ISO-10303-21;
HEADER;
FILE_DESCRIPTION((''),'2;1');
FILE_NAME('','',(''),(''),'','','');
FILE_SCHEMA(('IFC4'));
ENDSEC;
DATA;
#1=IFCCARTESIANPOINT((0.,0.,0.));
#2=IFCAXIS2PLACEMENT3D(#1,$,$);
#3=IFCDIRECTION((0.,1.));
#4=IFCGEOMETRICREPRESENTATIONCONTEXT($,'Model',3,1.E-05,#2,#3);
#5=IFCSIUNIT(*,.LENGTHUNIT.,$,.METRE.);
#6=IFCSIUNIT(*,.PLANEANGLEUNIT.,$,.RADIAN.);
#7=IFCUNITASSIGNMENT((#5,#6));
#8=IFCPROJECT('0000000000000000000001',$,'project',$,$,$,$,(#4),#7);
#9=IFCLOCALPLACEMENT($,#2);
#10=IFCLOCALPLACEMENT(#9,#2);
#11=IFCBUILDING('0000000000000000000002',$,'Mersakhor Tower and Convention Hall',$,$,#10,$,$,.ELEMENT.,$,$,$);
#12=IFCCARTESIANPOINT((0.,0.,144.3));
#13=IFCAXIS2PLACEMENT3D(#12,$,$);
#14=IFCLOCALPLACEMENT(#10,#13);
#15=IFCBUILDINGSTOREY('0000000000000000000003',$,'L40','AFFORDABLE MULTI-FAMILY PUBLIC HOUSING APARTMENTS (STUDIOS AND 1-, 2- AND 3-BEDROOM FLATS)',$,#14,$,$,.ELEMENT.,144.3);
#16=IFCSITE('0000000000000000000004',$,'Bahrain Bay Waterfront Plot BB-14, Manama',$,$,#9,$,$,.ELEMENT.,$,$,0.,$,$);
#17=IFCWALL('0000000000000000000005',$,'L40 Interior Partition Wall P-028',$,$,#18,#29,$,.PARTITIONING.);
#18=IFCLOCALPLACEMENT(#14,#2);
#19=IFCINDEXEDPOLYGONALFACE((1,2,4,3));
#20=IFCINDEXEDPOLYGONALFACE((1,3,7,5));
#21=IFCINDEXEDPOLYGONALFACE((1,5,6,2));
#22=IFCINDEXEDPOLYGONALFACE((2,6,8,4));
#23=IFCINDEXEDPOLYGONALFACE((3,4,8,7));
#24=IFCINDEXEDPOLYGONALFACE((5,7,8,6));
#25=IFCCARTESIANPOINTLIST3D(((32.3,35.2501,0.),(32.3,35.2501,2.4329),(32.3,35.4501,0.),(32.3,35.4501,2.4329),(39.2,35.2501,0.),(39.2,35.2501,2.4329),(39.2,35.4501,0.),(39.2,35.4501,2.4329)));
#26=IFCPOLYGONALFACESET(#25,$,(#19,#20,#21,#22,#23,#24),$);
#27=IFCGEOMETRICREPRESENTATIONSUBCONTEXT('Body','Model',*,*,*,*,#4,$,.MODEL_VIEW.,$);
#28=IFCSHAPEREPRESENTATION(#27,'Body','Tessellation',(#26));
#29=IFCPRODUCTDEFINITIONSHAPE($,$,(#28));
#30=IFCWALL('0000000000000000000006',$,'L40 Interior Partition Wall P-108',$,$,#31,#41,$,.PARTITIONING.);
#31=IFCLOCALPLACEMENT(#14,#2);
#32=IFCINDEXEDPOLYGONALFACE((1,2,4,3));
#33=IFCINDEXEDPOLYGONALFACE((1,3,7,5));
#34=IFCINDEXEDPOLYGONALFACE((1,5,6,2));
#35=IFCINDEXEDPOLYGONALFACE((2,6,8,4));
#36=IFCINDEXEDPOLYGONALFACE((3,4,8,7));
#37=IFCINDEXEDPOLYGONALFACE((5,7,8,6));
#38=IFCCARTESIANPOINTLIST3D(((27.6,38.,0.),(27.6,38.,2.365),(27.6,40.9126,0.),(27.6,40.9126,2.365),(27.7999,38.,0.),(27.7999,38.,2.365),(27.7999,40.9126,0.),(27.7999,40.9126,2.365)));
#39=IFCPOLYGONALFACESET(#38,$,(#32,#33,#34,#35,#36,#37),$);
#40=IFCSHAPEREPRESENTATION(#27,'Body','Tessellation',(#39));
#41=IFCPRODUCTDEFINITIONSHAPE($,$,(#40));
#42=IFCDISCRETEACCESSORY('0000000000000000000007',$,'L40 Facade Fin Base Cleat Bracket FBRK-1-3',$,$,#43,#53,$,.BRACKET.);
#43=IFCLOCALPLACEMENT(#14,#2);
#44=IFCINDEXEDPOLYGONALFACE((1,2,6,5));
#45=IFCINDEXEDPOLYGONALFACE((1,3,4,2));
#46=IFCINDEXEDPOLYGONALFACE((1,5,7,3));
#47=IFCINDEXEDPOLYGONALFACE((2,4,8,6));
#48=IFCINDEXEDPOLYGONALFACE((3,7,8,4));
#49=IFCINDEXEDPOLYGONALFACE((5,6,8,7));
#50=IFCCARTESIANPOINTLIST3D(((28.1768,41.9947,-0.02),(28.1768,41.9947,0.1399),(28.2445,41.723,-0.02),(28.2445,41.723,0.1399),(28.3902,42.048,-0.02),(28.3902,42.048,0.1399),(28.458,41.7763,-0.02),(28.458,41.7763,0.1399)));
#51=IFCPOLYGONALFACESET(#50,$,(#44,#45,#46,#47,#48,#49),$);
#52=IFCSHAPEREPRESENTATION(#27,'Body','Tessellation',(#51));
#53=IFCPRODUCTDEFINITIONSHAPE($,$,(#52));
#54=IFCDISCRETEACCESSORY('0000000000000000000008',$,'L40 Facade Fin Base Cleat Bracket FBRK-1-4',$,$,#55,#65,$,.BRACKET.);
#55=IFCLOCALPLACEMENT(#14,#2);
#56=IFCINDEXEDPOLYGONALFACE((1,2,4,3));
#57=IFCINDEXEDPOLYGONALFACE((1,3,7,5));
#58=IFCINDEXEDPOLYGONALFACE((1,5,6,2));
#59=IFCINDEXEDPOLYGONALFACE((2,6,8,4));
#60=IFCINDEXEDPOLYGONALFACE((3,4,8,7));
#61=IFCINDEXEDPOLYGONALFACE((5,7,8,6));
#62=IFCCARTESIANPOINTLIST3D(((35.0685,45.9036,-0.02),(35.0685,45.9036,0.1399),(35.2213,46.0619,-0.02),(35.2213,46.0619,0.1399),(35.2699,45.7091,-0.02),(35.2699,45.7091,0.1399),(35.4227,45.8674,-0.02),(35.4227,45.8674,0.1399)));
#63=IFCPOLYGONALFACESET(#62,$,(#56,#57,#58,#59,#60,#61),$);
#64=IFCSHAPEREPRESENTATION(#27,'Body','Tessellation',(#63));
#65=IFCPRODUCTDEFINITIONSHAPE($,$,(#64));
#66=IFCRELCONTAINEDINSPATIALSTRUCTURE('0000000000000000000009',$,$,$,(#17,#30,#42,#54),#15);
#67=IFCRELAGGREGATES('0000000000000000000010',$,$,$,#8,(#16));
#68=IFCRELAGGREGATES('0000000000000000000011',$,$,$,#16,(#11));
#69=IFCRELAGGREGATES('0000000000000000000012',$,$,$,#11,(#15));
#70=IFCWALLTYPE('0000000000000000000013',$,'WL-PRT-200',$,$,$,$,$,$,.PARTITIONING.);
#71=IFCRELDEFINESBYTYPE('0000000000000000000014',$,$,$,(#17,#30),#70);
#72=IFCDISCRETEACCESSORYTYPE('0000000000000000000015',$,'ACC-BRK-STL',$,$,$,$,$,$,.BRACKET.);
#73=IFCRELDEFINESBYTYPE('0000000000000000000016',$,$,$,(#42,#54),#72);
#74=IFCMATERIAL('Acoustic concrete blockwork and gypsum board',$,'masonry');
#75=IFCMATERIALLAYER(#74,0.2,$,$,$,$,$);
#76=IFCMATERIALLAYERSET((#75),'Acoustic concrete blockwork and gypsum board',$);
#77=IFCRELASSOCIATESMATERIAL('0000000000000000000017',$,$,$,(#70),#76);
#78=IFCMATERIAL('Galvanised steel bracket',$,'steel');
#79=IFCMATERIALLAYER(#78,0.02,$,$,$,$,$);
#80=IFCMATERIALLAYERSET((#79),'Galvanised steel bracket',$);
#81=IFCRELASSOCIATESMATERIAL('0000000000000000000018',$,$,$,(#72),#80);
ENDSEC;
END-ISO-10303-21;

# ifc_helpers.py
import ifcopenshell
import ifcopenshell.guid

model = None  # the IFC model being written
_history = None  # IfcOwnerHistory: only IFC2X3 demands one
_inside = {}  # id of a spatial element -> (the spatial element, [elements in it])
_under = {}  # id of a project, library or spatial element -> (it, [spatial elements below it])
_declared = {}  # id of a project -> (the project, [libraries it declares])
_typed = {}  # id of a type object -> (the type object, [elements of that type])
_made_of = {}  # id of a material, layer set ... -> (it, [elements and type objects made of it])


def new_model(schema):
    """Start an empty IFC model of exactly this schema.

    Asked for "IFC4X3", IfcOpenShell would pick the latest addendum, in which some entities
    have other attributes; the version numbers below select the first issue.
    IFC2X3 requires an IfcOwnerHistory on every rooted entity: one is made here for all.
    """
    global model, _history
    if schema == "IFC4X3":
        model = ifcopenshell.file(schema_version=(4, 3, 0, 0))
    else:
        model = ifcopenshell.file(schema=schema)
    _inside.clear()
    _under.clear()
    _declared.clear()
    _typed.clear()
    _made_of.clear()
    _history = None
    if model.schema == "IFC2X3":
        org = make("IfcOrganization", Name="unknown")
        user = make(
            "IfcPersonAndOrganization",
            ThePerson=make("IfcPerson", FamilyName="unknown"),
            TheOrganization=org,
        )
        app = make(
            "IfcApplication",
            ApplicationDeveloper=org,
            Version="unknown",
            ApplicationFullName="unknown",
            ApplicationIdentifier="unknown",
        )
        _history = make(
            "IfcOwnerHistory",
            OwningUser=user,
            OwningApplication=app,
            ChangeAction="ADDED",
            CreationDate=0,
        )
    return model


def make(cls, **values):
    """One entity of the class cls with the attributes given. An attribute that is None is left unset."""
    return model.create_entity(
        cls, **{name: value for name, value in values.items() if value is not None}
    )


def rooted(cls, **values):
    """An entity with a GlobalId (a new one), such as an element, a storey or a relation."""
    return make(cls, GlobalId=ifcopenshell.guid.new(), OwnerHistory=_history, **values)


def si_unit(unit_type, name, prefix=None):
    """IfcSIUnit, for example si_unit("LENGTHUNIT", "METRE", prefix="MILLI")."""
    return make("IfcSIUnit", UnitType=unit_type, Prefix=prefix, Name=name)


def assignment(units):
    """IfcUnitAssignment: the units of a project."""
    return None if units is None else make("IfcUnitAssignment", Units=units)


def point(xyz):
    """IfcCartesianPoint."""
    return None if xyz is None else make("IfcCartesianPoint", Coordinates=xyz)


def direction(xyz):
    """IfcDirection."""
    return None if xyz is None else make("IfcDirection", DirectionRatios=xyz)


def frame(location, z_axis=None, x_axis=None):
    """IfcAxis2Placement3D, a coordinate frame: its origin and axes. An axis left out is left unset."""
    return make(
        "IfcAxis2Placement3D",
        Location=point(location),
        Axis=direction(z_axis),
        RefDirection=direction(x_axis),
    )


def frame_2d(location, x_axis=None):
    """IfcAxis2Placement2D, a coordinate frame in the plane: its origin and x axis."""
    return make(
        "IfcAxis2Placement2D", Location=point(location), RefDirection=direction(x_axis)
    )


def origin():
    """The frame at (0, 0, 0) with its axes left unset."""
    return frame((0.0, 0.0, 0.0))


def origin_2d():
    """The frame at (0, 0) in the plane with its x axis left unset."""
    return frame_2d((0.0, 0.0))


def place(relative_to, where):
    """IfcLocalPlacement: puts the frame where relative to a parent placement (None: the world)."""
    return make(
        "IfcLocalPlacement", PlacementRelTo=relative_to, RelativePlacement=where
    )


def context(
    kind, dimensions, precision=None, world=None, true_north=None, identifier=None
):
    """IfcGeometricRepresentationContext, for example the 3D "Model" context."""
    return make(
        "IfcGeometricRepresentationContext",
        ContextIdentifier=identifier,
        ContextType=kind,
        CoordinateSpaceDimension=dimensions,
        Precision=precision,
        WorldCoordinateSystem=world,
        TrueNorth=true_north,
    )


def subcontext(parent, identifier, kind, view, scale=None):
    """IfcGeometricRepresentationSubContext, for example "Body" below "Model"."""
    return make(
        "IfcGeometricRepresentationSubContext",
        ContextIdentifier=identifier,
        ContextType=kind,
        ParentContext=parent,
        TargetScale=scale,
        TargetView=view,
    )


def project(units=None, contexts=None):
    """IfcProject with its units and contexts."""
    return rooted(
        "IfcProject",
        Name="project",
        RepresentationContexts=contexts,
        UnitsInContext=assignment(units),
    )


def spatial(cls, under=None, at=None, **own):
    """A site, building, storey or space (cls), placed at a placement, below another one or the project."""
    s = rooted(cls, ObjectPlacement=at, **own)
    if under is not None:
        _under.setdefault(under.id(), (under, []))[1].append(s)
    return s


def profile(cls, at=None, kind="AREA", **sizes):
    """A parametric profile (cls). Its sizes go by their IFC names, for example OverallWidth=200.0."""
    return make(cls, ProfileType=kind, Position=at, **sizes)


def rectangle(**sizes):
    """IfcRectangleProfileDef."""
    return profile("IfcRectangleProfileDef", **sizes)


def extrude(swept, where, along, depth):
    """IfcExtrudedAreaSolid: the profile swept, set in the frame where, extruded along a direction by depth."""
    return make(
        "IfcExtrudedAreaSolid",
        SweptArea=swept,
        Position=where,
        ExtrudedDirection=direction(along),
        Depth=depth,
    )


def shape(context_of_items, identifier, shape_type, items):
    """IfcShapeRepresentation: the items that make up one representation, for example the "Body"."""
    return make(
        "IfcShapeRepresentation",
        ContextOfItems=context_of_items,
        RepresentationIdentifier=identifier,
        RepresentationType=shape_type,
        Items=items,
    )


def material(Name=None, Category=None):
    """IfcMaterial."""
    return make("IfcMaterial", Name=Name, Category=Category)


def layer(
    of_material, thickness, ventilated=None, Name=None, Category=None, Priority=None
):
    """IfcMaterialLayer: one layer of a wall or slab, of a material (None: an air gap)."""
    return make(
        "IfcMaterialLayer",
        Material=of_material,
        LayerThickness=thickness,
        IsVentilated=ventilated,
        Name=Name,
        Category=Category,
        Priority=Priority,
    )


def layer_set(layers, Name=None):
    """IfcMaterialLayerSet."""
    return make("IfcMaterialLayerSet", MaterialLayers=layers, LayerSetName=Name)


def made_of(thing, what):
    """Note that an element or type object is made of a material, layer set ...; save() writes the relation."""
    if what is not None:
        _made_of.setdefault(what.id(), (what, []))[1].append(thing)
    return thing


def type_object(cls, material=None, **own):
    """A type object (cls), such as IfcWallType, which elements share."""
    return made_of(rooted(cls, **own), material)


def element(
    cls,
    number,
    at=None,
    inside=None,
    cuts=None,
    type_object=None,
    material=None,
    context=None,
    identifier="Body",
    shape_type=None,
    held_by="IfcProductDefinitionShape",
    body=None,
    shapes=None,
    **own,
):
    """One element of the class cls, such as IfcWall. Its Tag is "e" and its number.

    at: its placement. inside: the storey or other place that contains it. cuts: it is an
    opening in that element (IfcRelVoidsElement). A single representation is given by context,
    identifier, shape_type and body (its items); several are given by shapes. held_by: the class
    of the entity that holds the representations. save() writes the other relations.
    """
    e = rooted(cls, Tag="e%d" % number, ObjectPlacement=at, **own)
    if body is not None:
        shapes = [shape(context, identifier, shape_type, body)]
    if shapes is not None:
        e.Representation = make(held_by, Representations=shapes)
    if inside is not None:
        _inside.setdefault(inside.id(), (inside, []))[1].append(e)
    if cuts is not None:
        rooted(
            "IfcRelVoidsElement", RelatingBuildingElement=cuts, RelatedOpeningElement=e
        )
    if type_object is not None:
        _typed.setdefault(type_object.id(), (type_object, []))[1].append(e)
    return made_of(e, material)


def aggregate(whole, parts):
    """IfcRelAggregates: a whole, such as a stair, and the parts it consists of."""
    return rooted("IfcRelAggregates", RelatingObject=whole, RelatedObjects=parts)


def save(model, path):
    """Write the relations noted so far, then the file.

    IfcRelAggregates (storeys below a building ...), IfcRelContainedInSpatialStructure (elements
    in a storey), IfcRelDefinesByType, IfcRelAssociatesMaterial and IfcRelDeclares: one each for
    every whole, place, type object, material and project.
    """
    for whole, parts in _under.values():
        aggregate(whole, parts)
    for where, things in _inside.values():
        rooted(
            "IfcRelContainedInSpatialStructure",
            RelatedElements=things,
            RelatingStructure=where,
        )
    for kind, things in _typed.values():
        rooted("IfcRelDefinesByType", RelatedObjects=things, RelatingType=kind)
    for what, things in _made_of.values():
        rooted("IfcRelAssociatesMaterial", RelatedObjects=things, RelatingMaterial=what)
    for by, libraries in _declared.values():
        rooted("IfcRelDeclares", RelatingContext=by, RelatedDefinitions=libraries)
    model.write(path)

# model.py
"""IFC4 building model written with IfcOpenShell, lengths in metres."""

from ifc_helpers import new_model, si_unit, direction, frame, frame_2d, origin, origin_2d, place, context, subcontext, project, spatial, rectangle, extrude, material, layer, layer_set, type_object, element, save


model = new_model("IFC4")

# Units and contexts
model_context = context("Model", 3, precision=1e-05, world=origin(), true_north=direction((0.0, 1.0)))
body_context = subcontext(model_context, "Body", "Model", "MODEL_VIEW")
ifc_project = project(units=[si_unit("LENGTHUNIT", "METRE"), si_unit("PLANEANGLEUNIT", "RADIAN")], contexts=[model_context])

# Site, building, storey
site_placement = place(None, origin())
site = spatial("IfcSite", under=ifc_project, at=site_placement, Name="Bahrain Bay Waterfront Plot BB-14, Manama", CompositionType="ELEMENT", RefElevation=0.0)
building_placement = place(site_placement, origin())
building = spatial("IfcBuilding", under=site, at=building_placement, Name="Mersakhor Tower and Convention Hall", CompositionType="ELEMENT")
storey_placement = place(building_placement, frame((0.0, 0.0, 144.3)))
storey = spatial("IfcBuildingStorey", under=building, at=storey_placement, Name="L40", Description="AFFORDABLE MULTI-FAMILY PUBLIC HOUSING APARTMENTS (STUDIOS AND 1-, 2- AND 3-BEDROOM FLATS)", CompositionType="ELEMENT", Elevation=144.3)

# Shared definitions
ifc_material_1 = material(Name="Acoustic concrete blockwork and gypsum board", Category="masonry")
ifc_layer_1 = layer(ifc_material_1, 0.2)
ifc_layer_set_1 = layer_set([ifc_layer_1], Name="Acoustic concrete blockwork and gypsum board")
wall_type_1 = type_object("IfcWallType", Name="WL-PRT-200", PredefinedType="PARTITIONING", material=ifc_layer_set_1)

# Walls
wall_1_placement = place(storey_placement, frame((32.3, 35.3501, 0.0), z_axis=(0.0, 0.0, 1.0), x_axis=(1.0, 0.0, 0.0)))
element("IfcWall", 1, at=wall_1_placement, inside=storey, type_object=wall_type_1, Name="L40 Interior Partition Wall P-028", PredefinedType="PARTITIONING", context=body_context, shape_type="SweptSolid", body=[
    extrude(rectangle(XDim=6.8999, YDim=0.2, at=frame_2d((3.45, 0.0))), origin(), (0.0, 0.0, 1.0), 2.4329),
])
wall_2_placement = place(storey_placement, frame((27.7, 40.9126, 0.0), z_axis=(0.0, 0.0, 1.0), x_axis=(0.0, -1.0, 0.0)))
element("IfcWall", 2, at=wall_2_placement, inside=storey, type_object=wall_type_1, Name="L40 Interior Partition Wall P-108", PredefinedType="PARTITIONING", context=body_context, shape_type="SweptSolid", body=[
    extrude(rectangle(XDim=2.9126, YDim=0.2, at=frame_2d((1.4563, 0.0))), origin(), (0.0, 0.0, 1.0), 2.365),
])

# Discrete accessories
ifc_material_2 = material(Name="Galvanised steel bracket", Category="steel")
ifc_layer_2 = layer(ifc_material_2, 0.02)
ifc_layer_set_2 = layer_set([ifc_layer_2], Name="Galvanised steel bracket")
discrete_accessory_type = type_object("IfcDiscreteAccessoryType", Name="ACC-BRK-STL", PredefinedType="BRACKET", material=ifc_layer_set_2)
for number, where, z_axis, x_axis, name in (
    (3, (28.3174, 41.8855, -0.02), (0.0, 0.0, 1.0), (-0.241922, 0.970296, 0.0), "L40 Facade Fin Base Cleat Bracket FBRK-1-3"),
    (4, (35.2456, 45.8855, -0.02), (0.0, 0.0, 1.0), (-0.71934, 0.694658, 0.0), "L40 Facade Fin Base Cleat Bracket FBRK-1-4"),
):
    element("IfcDiscreteAccessory", number, at=place(storey_placement, frame(where, z_axis=z_axis, x_axis=x_axis)), inside=storey, type_object=discrete_accessory_type, Name=name, PredefinedType="BRACKET", context=body_context, shape_type="SweptSolid", body=[
        extrude(rectangle(XDim=0.28, YDim=0.22, at=origin_2d()), origin(), (0.0, 0.0, 1.0), 0.1599),
    ])

save(model, "model.ifc")
